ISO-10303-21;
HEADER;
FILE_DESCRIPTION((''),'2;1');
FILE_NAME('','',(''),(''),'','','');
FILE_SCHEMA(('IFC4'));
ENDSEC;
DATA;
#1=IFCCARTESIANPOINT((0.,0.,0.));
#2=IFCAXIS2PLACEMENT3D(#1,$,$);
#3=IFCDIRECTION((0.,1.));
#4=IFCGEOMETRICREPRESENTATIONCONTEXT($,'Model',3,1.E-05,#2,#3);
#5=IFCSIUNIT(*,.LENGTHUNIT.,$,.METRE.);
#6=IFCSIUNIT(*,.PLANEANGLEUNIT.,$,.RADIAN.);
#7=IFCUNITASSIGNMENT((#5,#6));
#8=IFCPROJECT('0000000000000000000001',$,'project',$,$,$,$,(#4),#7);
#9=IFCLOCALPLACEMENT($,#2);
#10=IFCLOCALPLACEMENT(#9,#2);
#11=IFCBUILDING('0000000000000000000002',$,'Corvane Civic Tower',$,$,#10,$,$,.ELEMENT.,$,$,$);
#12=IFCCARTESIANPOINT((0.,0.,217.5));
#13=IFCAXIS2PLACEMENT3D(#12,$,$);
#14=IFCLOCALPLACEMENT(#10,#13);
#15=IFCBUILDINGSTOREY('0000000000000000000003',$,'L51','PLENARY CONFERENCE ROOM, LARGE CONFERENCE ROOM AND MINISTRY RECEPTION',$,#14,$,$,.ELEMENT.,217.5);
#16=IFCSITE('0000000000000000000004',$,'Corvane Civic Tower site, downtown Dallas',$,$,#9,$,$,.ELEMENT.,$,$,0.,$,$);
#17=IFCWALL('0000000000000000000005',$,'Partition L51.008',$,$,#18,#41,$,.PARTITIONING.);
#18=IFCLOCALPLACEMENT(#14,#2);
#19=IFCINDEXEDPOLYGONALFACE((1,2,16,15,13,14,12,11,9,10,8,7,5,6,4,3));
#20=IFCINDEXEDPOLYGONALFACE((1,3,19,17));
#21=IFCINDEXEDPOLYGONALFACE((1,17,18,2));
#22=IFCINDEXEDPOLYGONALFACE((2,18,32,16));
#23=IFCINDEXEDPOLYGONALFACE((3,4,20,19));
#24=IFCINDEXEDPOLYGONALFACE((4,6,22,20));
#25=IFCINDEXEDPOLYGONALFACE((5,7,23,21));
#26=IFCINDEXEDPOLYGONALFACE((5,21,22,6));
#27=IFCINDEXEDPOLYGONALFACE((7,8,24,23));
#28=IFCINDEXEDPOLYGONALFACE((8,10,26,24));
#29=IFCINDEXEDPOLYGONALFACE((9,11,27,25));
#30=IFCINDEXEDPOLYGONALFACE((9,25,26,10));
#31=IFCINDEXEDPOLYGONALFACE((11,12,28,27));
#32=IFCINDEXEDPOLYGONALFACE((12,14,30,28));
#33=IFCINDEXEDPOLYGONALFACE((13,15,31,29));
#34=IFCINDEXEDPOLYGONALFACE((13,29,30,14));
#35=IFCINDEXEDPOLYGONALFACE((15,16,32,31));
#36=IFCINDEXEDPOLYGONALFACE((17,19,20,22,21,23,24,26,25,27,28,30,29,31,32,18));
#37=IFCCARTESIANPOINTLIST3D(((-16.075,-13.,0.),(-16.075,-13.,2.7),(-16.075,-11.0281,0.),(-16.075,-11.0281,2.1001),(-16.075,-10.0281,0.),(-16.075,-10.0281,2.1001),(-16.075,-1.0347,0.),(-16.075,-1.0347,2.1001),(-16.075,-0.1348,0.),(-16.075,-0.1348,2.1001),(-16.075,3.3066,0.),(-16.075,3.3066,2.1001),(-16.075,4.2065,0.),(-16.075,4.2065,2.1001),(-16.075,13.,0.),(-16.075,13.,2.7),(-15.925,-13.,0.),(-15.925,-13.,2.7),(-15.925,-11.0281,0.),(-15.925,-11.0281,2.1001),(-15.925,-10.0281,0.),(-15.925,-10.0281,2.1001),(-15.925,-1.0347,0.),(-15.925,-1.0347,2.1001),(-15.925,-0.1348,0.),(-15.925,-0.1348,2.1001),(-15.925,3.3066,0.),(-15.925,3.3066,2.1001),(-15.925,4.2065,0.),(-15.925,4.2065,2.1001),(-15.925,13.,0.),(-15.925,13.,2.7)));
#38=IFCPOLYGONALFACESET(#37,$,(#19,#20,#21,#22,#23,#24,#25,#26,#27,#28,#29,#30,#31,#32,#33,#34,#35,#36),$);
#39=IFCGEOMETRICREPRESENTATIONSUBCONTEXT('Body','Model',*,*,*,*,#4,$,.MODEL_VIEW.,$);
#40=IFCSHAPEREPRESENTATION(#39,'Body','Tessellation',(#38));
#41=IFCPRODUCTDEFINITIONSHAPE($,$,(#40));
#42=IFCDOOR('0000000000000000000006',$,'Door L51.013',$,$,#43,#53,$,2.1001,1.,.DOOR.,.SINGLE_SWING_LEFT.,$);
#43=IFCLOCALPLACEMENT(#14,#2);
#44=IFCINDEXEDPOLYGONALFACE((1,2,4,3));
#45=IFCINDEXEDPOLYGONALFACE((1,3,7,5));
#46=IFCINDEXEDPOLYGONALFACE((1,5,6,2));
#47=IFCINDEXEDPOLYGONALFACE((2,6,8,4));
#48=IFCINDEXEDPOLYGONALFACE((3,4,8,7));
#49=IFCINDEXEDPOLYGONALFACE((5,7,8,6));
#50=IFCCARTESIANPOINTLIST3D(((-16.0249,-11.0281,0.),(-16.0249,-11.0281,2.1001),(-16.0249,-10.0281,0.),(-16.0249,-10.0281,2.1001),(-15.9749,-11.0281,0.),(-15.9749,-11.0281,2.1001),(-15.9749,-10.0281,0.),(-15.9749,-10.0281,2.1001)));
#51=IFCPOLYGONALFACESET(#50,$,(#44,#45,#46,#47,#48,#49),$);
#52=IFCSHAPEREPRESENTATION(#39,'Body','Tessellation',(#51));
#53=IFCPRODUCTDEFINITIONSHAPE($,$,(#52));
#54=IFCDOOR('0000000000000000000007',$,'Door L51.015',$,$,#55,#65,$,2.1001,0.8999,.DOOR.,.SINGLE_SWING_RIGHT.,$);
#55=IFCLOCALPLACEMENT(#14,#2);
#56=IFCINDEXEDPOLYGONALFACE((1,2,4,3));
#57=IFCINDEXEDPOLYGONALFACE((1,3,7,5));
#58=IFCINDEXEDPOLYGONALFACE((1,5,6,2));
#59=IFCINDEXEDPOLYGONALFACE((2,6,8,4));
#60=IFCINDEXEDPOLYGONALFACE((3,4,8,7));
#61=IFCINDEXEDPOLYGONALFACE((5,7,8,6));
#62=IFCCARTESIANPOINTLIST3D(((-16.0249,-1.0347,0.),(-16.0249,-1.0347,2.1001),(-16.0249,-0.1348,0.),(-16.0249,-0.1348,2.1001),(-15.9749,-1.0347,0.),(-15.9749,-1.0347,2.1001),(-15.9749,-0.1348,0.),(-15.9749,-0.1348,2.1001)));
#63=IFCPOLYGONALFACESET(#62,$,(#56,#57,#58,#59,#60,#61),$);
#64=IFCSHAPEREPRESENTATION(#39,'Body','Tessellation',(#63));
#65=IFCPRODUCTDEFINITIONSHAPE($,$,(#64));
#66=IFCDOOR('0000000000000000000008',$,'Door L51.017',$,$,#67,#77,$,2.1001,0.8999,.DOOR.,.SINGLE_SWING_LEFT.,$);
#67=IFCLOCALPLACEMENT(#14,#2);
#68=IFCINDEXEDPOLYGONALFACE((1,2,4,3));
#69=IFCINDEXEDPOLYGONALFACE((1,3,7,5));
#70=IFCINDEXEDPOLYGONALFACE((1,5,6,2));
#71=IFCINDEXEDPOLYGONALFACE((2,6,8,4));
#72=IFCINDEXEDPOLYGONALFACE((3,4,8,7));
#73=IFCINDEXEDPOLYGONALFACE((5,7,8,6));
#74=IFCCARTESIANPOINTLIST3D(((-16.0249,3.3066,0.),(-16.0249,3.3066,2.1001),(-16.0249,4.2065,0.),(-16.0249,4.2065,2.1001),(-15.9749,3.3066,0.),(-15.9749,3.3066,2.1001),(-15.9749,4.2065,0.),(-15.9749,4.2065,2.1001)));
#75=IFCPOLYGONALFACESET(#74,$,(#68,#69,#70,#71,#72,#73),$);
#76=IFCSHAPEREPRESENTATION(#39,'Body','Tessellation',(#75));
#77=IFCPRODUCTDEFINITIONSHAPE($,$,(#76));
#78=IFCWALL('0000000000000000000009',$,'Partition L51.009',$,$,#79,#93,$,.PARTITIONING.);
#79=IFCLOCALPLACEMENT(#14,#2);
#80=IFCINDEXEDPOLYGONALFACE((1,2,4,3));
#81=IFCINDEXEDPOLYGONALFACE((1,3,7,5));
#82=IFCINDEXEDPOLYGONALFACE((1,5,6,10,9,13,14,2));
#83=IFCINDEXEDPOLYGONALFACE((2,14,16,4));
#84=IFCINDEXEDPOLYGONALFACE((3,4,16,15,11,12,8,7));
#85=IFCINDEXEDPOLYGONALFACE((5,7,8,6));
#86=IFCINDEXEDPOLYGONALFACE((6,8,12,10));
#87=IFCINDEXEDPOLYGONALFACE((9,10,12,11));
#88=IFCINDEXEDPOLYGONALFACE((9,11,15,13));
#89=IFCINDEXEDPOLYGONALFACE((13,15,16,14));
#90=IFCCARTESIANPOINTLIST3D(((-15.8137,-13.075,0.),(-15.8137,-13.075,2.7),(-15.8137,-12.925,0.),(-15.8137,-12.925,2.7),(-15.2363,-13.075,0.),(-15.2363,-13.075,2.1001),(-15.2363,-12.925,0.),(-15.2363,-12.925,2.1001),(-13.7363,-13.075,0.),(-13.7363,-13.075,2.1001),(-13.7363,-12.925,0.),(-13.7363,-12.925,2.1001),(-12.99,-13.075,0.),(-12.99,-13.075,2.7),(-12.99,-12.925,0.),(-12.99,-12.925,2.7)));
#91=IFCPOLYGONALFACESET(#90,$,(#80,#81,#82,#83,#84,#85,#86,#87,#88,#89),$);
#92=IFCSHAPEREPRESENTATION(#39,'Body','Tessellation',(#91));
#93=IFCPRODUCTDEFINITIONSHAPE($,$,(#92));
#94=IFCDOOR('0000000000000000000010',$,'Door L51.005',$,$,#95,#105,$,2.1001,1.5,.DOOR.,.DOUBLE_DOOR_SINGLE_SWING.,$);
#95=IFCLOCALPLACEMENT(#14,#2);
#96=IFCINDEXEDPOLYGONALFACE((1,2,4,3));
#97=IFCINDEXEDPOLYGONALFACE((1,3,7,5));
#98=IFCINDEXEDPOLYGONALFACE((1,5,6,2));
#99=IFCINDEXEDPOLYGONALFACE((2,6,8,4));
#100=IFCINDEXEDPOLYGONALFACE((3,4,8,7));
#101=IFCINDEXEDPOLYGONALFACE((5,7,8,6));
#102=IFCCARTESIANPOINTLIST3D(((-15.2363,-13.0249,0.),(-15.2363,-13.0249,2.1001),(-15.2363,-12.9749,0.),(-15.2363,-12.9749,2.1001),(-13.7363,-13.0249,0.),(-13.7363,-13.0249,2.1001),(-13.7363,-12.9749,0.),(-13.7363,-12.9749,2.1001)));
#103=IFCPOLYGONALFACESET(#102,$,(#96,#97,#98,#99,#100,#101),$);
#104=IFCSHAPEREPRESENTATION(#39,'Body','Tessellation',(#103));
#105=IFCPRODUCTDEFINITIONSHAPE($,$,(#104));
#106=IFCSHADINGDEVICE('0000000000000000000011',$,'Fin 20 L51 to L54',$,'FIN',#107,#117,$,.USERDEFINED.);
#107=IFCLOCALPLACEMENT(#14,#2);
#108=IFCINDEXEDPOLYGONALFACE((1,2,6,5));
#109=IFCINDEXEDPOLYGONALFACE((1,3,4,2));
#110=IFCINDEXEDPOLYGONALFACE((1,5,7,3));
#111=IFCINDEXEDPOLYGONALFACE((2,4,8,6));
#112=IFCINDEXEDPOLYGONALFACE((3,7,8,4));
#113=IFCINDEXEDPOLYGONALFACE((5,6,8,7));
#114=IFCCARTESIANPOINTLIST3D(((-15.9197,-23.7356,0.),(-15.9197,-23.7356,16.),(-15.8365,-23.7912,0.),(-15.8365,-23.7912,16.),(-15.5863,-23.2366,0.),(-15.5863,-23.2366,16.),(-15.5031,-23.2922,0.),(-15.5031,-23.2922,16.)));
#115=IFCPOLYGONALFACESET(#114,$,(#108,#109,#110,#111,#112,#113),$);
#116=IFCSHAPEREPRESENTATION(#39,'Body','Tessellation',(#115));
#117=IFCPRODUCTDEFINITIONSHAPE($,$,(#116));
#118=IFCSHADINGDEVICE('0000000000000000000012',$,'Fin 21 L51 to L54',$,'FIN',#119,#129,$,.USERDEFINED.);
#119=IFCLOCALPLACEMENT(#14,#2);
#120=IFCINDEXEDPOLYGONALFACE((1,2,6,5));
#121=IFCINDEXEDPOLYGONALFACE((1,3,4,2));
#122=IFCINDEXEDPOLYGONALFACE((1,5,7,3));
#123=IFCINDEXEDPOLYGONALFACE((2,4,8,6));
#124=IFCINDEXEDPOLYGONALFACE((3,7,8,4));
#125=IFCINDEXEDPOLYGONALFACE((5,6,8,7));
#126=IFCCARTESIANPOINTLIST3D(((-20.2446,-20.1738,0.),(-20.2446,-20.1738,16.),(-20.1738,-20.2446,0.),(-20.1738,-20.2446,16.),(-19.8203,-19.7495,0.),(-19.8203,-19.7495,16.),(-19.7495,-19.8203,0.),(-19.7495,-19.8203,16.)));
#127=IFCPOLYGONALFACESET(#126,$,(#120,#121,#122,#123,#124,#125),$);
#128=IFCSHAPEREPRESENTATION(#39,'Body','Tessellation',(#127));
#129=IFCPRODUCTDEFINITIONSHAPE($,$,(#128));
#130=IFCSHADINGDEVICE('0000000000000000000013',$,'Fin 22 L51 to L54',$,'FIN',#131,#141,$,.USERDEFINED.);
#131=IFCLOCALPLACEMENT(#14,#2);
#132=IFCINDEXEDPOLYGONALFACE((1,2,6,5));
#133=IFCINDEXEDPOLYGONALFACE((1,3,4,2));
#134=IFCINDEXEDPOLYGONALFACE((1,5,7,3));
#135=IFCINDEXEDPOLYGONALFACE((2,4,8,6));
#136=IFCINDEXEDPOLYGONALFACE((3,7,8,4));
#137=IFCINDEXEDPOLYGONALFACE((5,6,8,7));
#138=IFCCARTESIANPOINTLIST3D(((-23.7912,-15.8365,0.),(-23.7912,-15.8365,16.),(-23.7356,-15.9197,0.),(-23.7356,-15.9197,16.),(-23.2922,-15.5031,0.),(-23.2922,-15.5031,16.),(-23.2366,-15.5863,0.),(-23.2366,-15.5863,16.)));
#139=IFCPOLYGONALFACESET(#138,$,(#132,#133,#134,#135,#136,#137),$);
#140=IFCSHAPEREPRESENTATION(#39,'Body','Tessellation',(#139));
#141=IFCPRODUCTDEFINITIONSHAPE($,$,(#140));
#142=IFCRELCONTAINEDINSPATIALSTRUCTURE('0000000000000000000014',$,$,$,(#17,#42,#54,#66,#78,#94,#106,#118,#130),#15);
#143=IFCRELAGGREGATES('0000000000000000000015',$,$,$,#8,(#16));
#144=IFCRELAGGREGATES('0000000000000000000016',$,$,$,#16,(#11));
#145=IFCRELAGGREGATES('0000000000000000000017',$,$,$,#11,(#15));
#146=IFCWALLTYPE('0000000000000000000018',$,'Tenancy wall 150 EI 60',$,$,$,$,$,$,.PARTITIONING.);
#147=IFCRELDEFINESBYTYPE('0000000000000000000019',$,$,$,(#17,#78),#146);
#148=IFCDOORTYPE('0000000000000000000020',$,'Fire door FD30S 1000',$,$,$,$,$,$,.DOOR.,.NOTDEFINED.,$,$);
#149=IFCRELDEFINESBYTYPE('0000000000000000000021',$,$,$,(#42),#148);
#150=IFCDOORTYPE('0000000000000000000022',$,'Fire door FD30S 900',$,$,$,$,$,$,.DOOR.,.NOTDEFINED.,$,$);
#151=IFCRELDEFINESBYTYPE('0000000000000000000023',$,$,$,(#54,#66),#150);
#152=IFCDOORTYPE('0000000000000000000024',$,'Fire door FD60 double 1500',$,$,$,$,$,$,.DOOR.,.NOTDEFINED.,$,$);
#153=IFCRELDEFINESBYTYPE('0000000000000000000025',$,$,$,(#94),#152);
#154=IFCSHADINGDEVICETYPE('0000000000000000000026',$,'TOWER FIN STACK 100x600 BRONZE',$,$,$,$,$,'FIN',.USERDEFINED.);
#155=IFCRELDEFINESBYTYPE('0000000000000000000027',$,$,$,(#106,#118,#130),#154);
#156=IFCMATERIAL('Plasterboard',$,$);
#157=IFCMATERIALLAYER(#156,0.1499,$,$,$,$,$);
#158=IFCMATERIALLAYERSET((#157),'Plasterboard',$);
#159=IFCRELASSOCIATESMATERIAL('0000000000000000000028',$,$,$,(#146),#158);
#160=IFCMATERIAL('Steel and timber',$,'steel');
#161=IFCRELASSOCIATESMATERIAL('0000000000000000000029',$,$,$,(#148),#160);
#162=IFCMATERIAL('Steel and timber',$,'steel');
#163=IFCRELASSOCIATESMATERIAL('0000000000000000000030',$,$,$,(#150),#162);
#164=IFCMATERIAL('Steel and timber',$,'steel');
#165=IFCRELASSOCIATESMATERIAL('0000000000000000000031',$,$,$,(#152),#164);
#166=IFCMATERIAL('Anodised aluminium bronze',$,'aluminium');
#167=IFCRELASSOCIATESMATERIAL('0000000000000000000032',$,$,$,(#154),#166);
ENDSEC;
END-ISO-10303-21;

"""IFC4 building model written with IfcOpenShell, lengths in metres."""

from ifc_helpers import new_model, si_unit, direction, frame, frame_2d, origin, origin_2d, place, context, subcontext, project, spatial, rectangle, extrude, material, layer, layer_set, material_profile, profile_set, type_object, element, fill, save


model = new_model("IFC4")

# Units and contexts
model_context = context("Model", 3, precision=1e-05, world=origin(), true_north=direction((0.0, 1.0)))
body_context = subcontext(model_context, "Body", "Model", "MODEL_VIEW")
ifc_project = project(units=[si_unit("LENGTHUNIT", "METRE"), si_unit("PLANEANGLEUNIT", "RADIAN")], contexts=[model_context])

# Site, building, storey
site_placement = place(None, origin())
site = spatial("IfcSite", under=ifc_project, at=site_placement, Name="Corvane Civic Tower site, downtown Dallas", CompositionType="ELEMENT", RefElevation=0.0)
building_placement = place(site_placement, origin())
building = spatial("IfcBuilding", under=site, at=building_placement, Name="Corvane Civic Tower", CompositionType="ELEMENT")
storey_placement = place(building_placement, frame((0.0, 0.0, 217.5)))
storey = spatial("IfcBuildingStorey", under=building, at=storey_placement, Name="L51", Description="PLENARY CONFERENCE ROOM, LARGE CONFERENCE ROOM AND MINISTRY RECEPTION", CompositionType="ELEMENT", Elevation=217.5)

# Wall, openings, doors
ifc_material_1 = material(Name="Plasterboard")
ifc_layer_1 = layer(ifc_material_1, 0.1499)
ifc_layer_set_1 = layer_set([ifc_layer_1], Name="Plasterboard")
wall_type_1 = type_object("IfcWallType", Name="Tenancy wall 150 EI 60", PredefinedType="PARTITIONING", material=ifc_layer_set_1)
wall_1_placement = place(storey_placement, frame((-16.0, -13.0, 0.0), z_axis=(0.0, 0.0, 1.0), x_axis=(0.0, 1.0, 0.0)))
wall_1 = element("IfcWall", 1, at=wall_1_placement, inside=storey, type_object=wall_type_1, Name="Partition L51.008", PredefinedType="PARTITIONING", context=body_context, shape_type="SweptSolid", body=[
    extrude(rectangle(XDim=26.0, YDim=0.1499, at=frame_2d((13.0, 0.0))), origin(), (0.0, 0.0, 1.0), 2.7),
])
opening_1_placement = place(wall_1_placement, frame((1.9719, 0.0, 0.0)))
opening_1 = element("IfcOpeningElement", 2, at=opening_1_placement, cuts=wall_1, PredefinedType="OPENING", context=body_context, shape_type="SweptSolid", body=[
    extrude(rectangle(XDim=1.0, YDim=2.1001, at=frame_2d((0.5, 1.05))), frame((0.0, 0.085, 0.0), z_axis=(0.0, -1.0, 0.0), x_axis=(1.0, 0.0, 0.0)), (0.0, 0.0, 1.0), 0.1699),
])
opening_2_placement = place(wall_1_placement, frame((11.9653, 0.0, 0.0)))
opening_2 = element("IfcOpeningElement", 3, at=opening_2_placement, cuts=wall_1, PredefinedType="OPENING", context=body_context, shape_type="SweptSolid", body=[
    extrude(rectangle(XDim=0.8999, YDim=2.1001, at=frame_2d((0.45, 1.05))), frame((0.0, 0.085, 0.0), z_axis=(0.0, -1.0, 0.0), x_axis=(1.0, 0.0, 0.0)), (0.0, 0.0, 1.0), 0.1699),
])
opening_3_placement = place(wall_1_placement, frame((16.3066, 0.0, 0.0)))
opening_3 = element("IfcOpeningElement", 4, at=opening_3_placement, cuts=wall_1, PredefinedType="OPENING", context=body_context, shape_type="SweptSolid", body=[
    extrude(rectangle(XDim=0.8999, YDim=2.1001, at=frame_2d((0.45, 1.05))), frame((0.0, 0.085, 0.0), z_axis=(0.0, -1.0, 0.0), x_axis=(1.0, 0.0, 0.0)), (0.0, 0.0, 1.0), 0.1699),
])
ifc_material_2 = material(Name="Steel and timber", Category="steel")
door_type_1 = type_object("IfcDoorType", Name="Fire door FD30S 1000", OperationType="NOTDEFINED", PredefinedType="DOOR", material=ifc_material_2)
door_1_placement = place(opening_1_placement, origin())
door_1 = element("IfcDoor", 5, at=door_1_placement, inside=storey, type_object=door_type_1, Name="Door L51.013", OperationType="SINGLE_SWING_LEFT", OverallHeight=2.1001, OverallWidth=1.0, PredefinedType="DOOR", context=body_context, shape_type="SweptSolid", body=[
    extrude(rectangle(XDim=1.0, YDim=2.1001, at=frame_2d((0.5, 1.05))), frame((0.0, 0.0249, 0.0), z_axis=(0.0, -1.0, 0.0), x_axis=(1.0, 0.0, 0.0)), (0.0, 0.0, 1.0), 0.05),
])
fill(opening_1, door_1)
ifc_material_3 = material(Name="Steel and timber", Category="steel")
door_type_2 = type_object("IfcDoorType", Name="Fire door FD30S 900", OperationType="NOTDEFINED", PredefinedType="DOOR", material=ifc_material_3)
door_2_placement = place(opening_2_placement, origin())
door_2 = element("IfcDoor", 6, at=door_2_placement, inside=storey, type_object=door_type_2, Name="Door L51.015", OperationType="SINGLE_SWING_RIGHT", OverallHeight=2.1001, OverallWidth=0.8999, PredefinedType="DOOR", context=body_context, shape_type="SweptSolid", body=[
    extrude(rectangle(XDim=0.8999, YDim=2.1001, at=frame_2d((0.45, 1.05))), frame((0.0, 0.0249, 0.0), z_axis=(0.0, -1.0, 0.0), x_axis=(1.0, 0.0, 0.0)), (0.0, 0.0, 1.0), 0.05),
])
fill(opening_2, door_2)
door_3_placement = place(opening_3_placement, origin())
door_3 = element("IfcDoor", 7, at=door_3_placement, inside=storey, type_object=door_type_2, Name="Door L51.017", OperationType="SINGLE_SWING_LEFT", OverallHeight=2.1001, OverallWidth=0.8999, PredefinedType="DOOR", context=body_context, shape_type="SweptSolid", body=[
    extrude(rectangle(XDim=0.8999, YDim=2.1001, at=frame_2d((0.45, 1.05))), frame((0.0, 0.0249, 0.0), z_axis=(0.0, -1.0, 0.0), x_axis=(1.0, 0.0, 0.0)), (0.0, 0.0, 1.0), 0.05),
])
fill(opening_3, door_3)

# Wall, opening, door
wall_2_placement = place(storey_placement, frame((-15.8137, -13.0, 0.0), z_axis=(0.0, 0.0, 1.0), x_axis=(1.0, 0.0, 0.0)))
wall_2 = element("IfcWall", 8, at=wall_2_placement, inside=storey, type_object=wall_type_1, Name="Partition L51.009", PredefinedType="PARTITIONING", context=body_context, shape_type="SweptSolid", body=[
    extrude(rectangle(XDim=2.8237, YDim=0.1499, at=frame_2d((1.4119, 0.0))), origin(), (0.0, 0.0, 1.0), 2.7),
])
opening_4_placement = place(wall_2_placement, frame((0.5774, 0.0, 0.0)))
opening_4 = element("IfcOpeningElement", 9, at=opening_4_placement, cuts=wall_2, PredefinedType="OPENING", context=body_context, shape_type="SweptSolid", body=[
    extrude(rectangle(XDim=1.5, YDim=2.1001, at=frame_2d((0.75, 1.05))), frame((0.0, 0.085, 0.0), z_axis=(0.0, -1.0, 0.0), x_axis=(1.0, 0.0, 0.0)), (0.0, 0.0, 1.0), 0.1699),
])
ifc_material_4 = material(Name="Steel and timber", Category="steel")
door_type_3 = type_object("IfcDoorType", Name="Fire door FD60 double 1500", OperationType="NOTDEFINED", PredefinedType="DOOR", material=ifc_material_4)
door_4_placement = place(opening_4_placement, frame((1.5, 0.0, 0.0), z_axis=(0.0, 0.0, 1.0), x_axis=(-1.0, 0.0, 0.0)))
door_4 = element("IfcDoor", 10, at=door_4_placement, inside=storey, type_object=door_type_3, Name="Door L51.005", OperationType="DOUBLE_DOOR_SINGLE_SWING", OverallHeight=2.1001, OverallWidth=1.5, PredefinedType="DOOR", context=body_context, shape_type="SweptSolid", body=[
    extrude(rectangle(XDim=1.5, YDim=2.1001, at=frame_2d((0.75, 1.05))), frame((0.0, 0.0249, 0.0), z_axis=(0.0, -1.0, 0.0), x_axis=(1.0, 0.0, 0.0)), (0.0, 0.0, 1.0), 0.05),
])
fill(opening_4, door_4)

# Shading devices
ifc_material_5 = material(Name="Anodised aluminium bronze", Category="aluminium")
ifc_material_profile_1 = material_profile(ifc_material_5, rectangle(XDim=0.1001, YDim=0.6001, at=origin_2d()), Name="TOWER FIN STACK 100x600 BRONZE")
ifc_profile_set_1 = profile_set([ifc_material_profile_1], Name="Anodised aluminium bronze")
shading_device_type = type_object("IfcShadingDeviceType", Name="TOWER FIN STACK 100x600 BRONZE", ElementType="FIN", PredefinedType="USERDEFINED", material=ifc_profile_set_1)
for number, where, z_axis, x_axis, name in (
    (11, (-15.7114, -23.5139, 0.0), (0.0, 0.0, 1.0), (-0.83147, 0.55557, 0.0), "Fin 20 L51 to L54"),
    (12, (-19.9971, -19.9971, 0.0), (0.0, 0.0, 1.0), (-0.707107, 0.707107, 0.0), "Fin 21 L51 to L54"),
    (13, (-23.5139, -15.7114, 0.0), (0.0, 0.0, 1.0), (-0.55557, 0.83147, 0.0), "Fin 22 L51 to L54"),
):
    element("IfcShadingDevice", number, at=place(storey_placement, frame(where, z_axis=z_axis, x_axis=x_axis)), inside=storey, type_object=shading_device_type, Name=name, ObjectType="FIN", PredefinedType="USERDEFINED", context=body_context, shape_type="SweptSolid", body=[
        extrude(rectangle(XDim=0.1001, YDim=0.6001, at=origin_2d()), origin(), (0.0, 0.0, 1.0), 16.0),
    ])

save(model, "model.ifc")
